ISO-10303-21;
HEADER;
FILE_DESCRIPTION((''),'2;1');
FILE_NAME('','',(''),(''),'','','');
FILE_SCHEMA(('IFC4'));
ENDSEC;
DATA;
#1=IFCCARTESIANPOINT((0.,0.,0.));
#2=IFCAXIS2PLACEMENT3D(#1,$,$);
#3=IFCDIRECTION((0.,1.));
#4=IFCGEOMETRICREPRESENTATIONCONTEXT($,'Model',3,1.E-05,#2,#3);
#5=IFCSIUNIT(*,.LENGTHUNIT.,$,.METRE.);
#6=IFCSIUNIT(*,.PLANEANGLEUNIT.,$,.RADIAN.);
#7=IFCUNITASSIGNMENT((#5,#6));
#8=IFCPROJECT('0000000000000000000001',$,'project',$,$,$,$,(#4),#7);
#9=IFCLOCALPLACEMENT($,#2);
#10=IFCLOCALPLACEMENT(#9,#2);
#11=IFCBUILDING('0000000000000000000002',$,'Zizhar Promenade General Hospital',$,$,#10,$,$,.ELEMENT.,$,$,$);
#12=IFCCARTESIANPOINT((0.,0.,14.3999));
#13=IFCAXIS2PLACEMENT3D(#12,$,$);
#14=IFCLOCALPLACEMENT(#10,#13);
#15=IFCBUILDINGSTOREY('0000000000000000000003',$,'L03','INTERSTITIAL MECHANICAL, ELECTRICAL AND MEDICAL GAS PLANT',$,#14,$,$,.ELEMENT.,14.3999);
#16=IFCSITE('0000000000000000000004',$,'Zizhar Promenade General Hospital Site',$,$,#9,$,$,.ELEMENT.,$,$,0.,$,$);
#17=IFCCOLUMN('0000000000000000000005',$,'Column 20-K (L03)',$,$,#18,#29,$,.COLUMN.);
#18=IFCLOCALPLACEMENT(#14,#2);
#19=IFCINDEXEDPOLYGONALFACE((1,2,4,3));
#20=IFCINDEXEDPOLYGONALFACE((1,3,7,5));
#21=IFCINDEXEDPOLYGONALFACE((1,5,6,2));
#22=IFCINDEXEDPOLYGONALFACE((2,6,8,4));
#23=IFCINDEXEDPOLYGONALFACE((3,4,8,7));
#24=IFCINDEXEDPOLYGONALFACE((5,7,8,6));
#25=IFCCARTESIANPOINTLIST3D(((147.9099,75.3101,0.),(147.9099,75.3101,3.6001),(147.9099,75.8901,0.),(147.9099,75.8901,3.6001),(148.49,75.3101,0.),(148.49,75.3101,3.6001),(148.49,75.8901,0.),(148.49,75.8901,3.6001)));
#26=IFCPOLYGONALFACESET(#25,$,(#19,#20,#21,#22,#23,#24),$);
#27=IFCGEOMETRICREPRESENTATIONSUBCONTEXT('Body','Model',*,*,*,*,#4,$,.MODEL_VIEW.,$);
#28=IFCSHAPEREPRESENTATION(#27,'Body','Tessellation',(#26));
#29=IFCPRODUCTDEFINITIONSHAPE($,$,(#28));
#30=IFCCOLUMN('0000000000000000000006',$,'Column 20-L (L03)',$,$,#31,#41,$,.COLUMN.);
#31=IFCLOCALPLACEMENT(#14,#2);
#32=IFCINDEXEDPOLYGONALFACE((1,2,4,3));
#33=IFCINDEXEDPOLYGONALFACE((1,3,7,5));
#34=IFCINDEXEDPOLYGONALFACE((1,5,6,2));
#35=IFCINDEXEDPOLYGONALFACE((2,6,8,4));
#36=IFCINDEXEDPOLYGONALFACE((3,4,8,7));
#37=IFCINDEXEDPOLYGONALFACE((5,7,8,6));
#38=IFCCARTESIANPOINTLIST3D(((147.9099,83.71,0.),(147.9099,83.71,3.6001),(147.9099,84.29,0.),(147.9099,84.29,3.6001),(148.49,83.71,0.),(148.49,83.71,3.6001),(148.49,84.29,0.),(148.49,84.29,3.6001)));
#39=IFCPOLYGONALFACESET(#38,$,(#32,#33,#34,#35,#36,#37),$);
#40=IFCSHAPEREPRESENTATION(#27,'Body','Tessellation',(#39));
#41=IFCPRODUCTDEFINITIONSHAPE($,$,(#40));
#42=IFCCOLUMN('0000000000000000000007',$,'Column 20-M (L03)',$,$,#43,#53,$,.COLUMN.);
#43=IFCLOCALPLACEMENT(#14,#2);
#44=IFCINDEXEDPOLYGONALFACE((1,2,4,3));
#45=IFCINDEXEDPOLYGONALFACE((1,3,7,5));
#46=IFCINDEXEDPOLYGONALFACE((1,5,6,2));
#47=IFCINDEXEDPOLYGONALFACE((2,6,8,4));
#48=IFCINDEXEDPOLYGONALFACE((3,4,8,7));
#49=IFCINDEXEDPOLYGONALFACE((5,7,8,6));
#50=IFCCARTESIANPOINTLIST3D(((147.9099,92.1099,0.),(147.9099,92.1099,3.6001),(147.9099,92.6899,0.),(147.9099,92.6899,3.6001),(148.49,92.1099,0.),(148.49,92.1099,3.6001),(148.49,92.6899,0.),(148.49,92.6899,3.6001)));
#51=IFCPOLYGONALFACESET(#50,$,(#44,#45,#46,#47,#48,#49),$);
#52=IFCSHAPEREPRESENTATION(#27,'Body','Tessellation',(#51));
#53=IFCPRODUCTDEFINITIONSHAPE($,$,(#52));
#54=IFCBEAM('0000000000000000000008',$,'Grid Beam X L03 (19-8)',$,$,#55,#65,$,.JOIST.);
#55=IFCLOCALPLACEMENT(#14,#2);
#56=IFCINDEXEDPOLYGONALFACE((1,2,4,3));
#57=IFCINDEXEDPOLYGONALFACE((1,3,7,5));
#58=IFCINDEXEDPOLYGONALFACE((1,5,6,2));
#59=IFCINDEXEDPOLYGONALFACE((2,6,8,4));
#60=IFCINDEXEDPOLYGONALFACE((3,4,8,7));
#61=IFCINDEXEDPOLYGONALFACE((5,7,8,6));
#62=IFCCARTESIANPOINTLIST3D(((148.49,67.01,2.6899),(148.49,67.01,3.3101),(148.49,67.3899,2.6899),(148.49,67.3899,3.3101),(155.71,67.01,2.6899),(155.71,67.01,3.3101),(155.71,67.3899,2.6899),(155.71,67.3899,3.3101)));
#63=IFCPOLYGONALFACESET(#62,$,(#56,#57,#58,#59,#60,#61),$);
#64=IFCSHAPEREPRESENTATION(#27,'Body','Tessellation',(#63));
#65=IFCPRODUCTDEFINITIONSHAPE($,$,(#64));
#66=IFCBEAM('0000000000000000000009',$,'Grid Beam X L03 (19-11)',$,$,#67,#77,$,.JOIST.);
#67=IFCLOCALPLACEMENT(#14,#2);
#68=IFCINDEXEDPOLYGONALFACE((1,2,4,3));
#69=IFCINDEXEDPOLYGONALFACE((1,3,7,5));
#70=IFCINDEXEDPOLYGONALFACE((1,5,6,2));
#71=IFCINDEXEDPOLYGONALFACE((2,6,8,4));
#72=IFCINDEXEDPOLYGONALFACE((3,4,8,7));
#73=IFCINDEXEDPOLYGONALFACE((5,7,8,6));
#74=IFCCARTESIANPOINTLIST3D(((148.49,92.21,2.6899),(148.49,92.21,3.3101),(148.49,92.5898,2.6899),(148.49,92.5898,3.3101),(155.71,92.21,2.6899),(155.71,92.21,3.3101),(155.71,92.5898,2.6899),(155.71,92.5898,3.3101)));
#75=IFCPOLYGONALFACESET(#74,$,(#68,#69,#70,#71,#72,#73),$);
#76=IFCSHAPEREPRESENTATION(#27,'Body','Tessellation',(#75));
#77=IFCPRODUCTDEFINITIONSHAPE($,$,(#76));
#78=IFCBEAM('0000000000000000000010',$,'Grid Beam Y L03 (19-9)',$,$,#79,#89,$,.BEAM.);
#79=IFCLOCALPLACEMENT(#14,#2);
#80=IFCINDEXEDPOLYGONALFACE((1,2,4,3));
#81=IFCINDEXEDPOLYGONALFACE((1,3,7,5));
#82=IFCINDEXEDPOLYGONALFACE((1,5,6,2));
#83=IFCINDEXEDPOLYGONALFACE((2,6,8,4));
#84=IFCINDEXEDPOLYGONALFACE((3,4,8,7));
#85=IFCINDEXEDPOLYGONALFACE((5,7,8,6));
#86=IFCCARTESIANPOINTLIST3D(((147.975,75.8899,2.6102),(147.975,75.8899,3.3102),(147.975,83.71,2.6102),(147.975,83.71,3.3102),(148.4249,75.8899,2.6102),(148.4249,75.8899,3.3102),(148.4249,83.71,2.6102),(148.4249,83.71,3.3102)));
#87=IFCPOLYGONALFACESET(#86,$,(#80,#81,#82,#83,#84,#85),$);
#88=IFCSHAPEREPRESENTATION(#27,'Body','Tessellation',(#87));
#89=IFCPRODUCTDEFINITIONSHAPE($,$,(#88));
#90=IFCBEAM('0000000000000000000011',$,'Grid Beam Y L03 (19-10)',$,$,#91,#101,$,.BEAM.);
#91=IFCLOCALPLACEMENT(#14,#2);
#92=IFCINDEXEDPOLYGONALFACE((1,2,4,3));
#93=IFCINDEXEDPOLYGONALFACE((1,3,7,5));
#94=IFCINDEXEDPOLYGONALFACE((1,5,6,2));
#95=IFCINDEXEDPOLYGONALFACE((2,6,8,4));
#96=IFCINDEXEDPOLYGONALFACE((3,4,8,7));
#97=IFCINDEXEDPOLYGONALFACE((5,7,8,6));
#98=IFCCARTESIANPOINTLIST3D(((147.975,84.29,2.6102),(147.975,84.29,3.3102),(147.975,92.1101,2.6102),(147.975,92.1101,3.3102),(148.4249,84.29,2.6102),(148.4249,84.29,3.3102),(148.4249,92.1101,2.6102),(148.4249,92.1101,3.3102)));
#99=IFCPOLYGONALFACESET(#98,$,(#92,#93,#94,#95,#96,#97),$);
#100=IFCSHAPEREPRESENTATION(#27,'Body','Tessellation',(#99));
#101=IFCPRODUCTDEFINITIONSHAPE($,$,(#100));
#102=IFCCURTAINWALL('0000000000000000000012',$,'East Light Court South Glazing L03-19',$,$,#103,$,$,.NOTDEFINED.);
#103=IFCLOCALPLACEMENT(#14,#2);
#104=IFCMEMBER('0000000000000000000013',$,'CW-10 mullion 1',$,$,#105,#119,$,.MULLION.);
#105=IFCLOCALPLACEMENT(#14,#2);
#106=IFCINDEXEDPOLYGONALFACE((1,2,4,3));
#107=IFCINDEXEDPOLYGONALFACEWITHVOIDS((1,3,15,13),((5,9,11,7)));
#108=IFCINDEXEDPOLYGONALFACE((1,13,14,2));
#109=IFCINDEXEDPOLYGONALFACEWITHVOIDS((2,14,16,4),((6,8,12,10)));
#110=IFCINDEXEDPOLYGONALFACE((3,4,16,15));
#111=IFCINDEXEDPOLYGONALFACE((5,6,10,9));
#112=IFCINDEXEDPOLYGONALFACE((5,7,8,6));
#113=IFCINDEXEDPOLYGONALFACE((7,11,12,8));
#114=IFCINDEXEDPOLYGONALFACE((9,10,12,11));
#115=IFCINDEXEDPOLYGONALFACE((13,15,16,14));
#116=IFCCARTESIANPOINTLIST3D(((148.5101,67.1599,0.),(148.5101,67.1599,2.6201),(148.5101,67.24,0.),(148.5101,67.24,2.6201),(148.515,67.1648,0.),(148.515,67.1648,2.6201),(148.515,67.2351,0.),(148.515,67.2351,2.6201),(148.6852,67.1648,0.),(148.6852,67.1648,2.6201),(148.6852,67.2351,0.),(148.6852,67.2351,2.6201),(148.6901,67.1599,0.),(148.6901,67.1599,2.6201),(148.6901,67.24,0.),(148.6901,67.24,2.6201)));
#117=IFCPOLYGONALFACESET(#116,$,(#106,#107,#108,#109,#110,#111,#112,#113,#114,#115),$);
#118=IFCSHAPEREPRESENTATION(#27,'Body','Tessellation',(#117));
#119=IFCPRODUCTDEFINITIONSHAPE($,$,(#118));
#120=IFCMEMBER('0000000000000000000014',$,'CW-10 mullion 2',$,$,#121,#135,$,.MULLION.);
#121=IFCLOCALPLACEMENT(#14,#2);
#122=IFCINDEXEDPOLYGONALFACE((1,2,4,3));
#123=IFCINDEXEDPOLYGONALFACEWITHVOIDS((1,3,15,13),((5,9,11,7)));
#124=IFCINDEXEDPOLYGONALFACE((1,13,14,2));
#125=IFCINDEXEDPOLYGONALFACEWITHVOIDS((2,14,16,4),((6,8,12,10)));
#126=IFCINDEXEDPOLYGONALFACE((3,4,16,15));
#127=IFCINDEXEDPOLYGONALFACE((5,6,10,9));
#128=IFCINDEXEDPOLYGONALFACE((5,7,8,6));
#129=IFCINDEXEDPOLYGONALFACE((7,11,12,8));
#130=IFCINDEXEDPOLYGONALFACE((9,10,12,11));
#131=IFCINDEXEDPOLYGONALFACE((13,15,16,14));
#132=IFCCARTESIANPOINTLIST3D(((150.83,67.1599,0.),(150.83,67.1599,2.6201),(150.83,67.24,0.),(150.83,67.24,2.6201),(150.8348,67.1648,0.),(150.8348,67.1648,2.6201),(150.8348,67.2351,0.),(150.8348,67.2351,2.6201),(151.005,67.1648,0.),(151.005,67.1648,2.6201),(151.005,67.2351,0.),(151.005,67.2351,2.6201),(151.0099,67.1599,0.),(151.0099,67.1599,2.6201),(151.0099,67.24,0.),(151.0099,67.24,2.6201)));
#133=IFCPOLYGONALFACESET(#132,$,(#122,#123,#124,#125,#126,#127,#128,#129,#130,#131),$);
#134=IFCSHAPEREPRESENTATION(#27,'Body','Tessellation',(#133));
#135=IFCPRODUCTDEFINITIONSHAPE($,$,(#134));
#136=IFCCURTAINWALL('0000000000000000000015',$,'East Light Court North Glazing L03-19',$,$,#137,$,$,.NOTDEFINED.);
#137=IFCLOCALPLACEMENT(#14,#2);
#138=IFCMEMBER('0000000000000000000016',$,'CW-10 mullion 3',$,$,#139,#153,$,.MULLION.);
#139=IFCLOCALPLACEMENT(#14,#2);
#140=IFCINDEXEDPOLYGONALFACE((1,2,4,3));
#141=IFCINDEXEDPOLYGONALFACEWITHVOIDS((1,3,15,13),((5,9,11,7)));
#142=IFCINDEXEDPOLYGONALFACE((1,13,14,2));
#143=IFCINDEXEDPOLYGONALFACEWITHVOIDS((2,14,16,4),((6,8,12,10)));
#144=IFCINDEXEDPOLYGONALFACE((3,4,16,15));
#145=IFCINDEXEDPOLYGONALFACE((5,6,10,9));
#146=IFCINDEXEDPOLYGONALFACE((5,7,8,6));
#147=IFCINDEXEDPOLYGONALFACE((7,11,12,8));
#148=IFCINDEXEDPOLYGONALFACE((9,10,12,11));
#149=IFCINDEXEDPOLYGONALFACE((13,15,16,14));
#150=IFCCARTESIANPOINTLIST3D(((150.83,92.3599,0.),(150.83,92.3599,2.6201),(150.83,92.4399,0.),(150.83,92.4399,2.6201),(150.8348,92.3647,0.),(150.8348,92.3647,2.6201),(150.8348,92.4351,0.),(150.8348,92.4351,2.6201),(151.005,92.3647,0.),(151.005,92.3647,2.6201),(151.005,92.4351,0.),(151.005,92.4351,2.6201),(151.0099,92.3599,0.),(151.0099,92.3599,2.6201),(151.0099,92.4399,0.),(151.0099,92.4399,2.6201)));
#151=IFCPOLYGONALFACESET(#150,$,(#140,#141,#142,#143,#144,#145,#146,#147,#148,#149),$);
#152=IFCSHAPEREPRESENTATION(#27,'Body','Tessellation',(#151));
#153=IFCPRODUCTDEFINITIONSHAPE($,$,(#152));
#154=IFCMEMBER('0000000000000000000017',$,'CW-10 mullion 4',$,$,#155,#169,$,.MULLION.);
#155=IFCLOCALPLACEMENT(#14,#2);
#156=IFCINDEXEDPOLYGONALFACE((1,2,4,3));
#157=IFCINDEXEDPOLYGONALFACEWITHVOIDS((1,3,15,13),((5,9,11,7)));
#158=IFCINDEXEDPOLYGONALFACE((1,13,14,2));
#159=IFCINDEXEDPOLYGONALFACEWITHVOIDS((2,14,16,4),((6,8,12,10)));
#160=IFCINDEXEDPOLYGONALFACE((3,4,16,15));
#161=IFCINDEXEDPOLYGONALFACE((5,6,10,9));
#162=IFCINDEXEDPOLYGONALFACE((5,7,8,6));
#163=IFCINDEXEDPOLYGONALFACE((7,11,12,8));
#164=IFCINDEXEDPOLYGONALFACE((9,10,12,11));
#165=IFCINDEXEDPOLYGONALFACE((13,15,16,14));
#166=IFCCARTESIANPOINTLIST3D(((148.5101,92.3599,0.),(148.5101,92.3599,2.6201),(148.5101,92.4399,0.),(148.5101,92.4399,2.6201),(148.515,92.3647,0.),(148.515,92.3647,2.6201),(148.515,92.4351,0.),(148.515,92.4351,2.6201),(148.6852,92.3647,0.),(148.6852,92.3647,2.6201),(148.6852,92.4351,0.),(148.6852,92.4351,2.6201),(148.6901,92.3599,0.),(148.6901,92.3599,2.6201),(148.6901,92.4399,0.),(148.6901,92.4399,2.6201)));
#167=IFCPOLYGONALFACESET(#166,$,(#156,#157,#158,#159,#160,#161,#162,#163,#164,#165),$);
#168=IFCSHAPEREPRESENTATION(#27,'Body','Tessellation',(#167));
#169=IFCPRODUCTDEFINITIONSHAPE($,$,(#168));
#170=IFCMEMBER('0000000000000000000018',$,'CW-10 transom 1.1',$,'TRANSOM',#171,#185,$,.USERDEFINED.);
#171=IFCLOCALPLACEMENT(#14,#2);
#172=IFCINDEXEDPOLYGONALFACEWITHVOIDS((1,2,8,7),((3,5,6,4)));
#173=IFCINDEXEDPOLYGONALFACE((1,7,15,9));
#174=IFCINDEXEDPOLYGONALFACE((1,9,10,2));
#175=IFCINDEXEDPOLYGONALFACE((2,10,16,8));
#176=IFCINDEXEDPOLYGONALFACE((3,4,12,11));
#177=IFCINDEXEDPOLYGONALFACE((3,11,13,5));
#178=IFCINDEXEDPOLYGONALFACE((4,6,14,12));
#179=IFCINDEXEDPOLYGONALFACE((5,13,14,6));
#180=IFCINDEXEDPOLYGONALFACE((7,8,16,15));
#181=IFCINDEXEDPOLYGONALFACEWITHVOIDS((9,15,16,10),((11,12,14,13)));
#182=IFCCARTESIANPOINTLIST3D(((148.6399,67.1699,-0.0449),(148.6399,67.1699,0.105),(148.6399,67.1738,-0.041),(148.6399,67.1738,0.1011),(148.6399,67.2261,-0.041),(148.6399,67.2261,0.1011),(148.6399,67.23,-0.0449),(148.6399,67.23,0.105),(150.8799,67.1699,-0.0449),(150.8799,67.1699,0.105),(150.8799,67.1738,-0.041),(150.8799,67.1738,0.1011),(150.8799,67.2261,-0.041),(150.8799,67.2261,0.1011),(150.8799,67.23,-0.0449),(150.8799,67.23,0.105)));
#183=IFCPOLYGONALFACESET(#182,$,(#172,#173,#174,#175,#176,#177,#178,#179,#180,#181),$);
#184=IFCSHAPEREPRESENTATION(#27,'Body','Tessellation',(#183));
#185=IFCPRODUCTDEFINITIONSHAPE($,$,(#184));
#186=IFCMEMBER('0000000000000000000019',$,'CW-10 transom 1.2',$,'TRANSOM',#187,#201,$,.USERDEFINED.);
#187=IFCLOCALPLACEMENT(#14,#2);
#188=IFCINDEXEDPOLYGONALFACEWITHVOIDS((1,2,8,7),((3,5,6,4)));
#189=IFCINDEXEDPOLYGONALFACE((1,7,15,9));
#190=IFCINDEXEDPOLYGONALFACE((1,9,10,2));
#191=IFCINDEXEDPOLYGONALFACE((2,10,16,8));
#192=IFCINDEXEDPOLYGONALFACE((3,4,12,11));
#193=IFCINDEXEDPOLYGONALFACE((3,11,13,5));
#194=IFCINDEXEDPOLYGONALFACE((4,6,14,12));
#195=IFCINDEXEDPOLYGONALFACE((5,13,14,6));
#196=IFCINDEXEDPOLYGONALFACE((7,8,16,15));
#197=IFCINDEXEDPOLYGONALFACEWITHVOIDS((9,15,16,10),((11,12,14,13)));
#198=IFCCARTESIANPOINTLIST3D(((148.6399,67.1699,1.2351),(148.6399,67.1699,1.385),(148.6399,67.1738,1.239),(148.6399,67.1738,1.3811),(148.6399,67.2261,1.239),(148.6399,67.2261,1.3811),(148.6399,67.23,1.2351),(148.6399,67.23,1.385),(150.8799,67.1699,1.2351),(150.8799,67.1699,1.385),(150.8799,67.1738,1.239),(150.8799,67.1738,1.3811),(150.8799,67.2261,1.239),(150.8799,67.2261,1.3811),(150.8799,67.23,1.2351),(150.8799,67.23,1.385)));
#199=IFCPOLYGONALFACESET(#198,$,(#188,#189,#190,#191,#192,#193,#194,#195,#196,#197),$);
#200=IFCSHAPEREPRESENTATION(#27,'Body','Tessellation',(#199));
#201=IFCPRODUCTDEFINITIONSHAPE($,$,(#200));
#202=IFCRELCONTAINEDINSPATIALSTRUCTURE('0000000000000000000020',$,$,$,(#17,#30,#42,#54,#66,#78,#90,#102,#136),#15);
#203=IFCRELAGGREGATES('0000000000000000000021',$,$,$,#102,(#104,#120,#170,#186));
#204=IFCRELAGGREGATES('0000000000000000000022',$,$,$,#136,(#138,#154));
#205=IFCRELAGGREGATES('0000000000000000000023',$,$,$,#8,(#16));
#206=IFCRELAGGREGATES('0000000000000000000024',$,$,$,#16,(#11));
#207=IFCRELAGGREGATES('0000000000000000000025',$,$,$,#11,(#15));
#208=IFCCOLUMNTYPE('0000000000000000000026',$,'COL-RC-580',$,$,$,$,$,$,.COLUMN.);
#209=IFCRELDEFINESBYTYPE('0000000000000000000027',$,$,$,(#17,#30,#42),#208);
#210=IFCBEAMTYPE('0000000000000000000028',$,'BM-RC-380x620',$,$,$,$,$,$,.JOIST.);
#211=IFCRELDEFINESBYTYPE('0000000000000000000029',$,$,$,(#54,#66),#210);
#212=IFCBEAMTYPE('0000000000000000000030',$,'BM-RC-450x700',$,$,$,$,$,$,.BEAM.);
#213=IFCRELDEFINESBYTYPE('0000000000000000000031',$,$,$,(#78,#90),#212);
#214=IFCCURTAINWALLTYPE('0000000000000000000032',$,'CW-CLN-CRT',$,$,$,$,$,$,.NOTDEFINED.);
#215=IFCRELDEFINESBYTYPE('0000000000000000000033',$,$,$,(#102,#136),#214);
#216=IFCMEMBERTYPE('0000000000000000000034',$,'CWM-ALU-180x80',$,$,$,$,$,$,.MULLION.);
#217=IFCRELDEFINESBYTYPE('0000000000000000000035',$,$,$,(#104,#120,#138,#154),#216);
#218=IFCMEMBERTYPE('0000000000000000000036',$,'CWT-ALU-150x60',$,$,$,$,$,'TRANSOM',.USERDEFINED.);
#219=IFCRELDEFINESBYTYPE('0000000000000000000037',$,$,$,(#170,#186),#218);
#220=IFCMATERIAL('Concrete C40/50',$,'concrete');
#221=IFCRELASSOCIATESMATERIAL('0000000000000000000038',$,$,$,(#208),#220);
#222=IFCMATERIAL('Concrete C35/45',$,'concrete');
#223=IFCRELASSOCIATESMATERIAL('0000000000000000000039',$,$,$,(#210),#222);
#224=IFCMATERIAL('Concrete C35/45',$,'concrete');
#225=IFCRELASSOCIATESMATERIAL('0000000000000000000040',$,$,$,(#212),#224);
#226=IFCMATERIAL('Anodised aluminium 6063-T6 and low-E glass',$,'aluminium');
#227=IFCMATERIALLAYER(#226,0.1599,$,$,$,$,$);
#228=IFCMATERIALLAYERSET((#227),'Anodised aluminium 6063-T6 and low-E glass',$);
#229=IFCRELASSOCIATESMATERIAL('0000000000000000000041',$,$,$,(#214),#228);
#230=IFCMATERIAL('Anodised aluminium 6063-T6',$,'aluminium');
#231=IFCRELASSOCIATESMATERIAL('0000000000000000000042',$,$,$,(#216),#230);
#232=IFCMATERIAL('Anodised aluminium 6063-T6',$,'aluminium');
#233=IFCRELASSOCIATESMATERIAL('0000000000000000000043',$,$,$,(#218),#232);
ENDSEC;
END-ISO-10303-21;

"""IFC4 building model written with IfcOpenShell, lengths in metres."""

from ifc_helpers import new_model, si_unit, direction, frame, origin, origin_2d, place, context, subcontext, project, spatial, rectangle, hollow_rectangle, extrude, material, layer, layer_set, material_profile, profile_set, type_object, element, aggregate, save


model = new_model("IFC4")

# Units and contexts
model_context = context("Model", 3, precision=1e-05, world=origin(), true_north=direction((0.0, 1.0)))
body_context = subcontext(model_context, "Body", "Model", "MODEL_VIEW")
ifc_project = project(units=[si_unit("LENGTHUNIT", "METRE"), si_unit("PLANEANGLEUNIT", "RADIAN")], contexts=[model_context])

# Site, building, storey
site_placement = place(None, origin())
site = spatial("IfcSite", under=ifc_project, at=site_placement, Name="Zizhar Promenade General Hospital Site", CompositionType="ELEMENT", RefElevation=0.0)
building_placement = place(site_placement, origin())
building = spatial("IfcBuilding", under=site, at=building_placement, Name="Zizhar Promenade General Hospital", CompositionType="ELEMENT")
storey_placement = place(building_placement, frame((0.0, 0.0, 14.3999)))
storey = spatial("IfcBuildingStorey", under=building, at=storey_placement, Name="L03", Description="INTERSTITIAL MECHANICAL, ELECTRICAL AND MEDICAL GAS PLANT", CompositionType="ELEMENT", Elevation=14.3999)

# Columns
ifc_material_1 = material(Name="Concrete C40/50", Category="concrete")
ifc_material_profile_1 = material_profile(ifc_material_1, rectangle(XDim=0.5801, YDim=0.5801, at=origin_2d()))
ifc_profile_set_1 = profile_set([ifc_material_profile_1], Name="Concrete C40/50")
column_type = type_object("IfcColumnType", Name="COL-RC-580", PredefinedType="COLUMN", material=ifc_profile_set_1)
for number, where, z_axis, x_axis, name in (
    (1, (148.2, 75.6001, 0.0), (0.0, 0.0, 1.0), (1.0, 0.0, 0.0), "Column 20-K (L03)"),
    (2, (148.2, 84.0, 0.0), (0.0, 0.0, 1.0), (1.0, 0.0, 0.0), "Column 20-L (L03)"),
    (3, (148.2, 92.3999, 0.0), (0.0, 0.0, 1.0), (1.0, 0.0, 0.0), "Column 20-M (L03)"),
):
    element("IfcColumn", number, at=place(storey_placement, frame(where, z_axis=z_axis, x_axis=x_axis)), inside=storey, type_object=column_type, Name=name, PredefinedType="COLUMN", context=body_context, shape_type="SweptSolid", body=[
        extrude(rectangle(XDim=0.5801, YDim=0.5801, at=origin_2d()), origin(), (0.0, 0.0, 1.0), 3.6001),
    ])

# Beams
ifc_material_2 = material(Name="Concrete C35/45", Category="concrete")
ifc_material_profile_2 = material_profile(ifc_material_2, rectangle(XDim=0.3799, YDim=0.6201, at=origin_2d()))
ifc_profile_set_2 = profile_set([ifc_material_profile_2], Name="Concrete C35/45")
beam_type_1 = type_object("IfcBeamType", Name="BM-RC-380x620", PredefinedType="JOIST", material=ifc_profile_set_2)
for number, where, z_axis, x_axis, name in (
    (4, (148.49, 67.2, 3.0), (1.0, 0.0, 0.0), (0.0, 1.0, 0.0), "Grid Beam X L03 (19-8)"),
    (5, (148.49, 92.3999, 3.0), (1.0, 0.0, 0.0), (0.0, 1.0, 0.0), "Grid Beam X L03 (19-11)"),
):
    element("IfcBeam", number, at=place(storey_placement, frame(where, z_axis=z_axis, x_axis=x_axis)), inside=storey, type_object=beam_type_1, Name=name, PredefinedType="JOIST", context=body_context, shape_type="SweptSolid", body=[
        extrude(rectangle(XDim=0.3799, YDim=0.6201, at=origin_2d()), origin(), (0.0, 0.0, 1.0), 7.22),
    ])
ifc_material_3 = material(Name="Concrete C35/45", Category="concrete")
ifc_material_profile_3 = material_profile(ifc_material_3, rectangle(XDim=0.45, YDim=0.7, at=origin_2d()))
ifc_profile_set_3 = profile_set([ifc_material_profile_3], Name="Concrete C35/45")
beam_type_2 = type_object("IfcBeamType", Name="BM-RC-450x700", PredefinedType="BEAM", material=ifc_profile_set_3)
for number, where, z_axis, x_axis, name in (
    (6, (148.2, 75.8899, 2.9602), (0.0, 1.0, 0.0), (-1.0, 0.0, 0.0), "Grid Beam Y L03 (19-9)"),
    (7, (148.2, 84.29, 2.9602), (0.0, 1.0, 0.0), (-1.0, 0.0, 0.0), "Grid Beam Y L03 (19-10)"),
):
    element("IfcBeam", number, at=place(storey_placement, frame(where, z_axis=z_axis, x_axis=x_axis)), inside=storey, type_object=beam_type_2, Name=name, PredefinedType="BEAM", context=body_context, shape_type="SweptSolid", body=[
        extrude(rectangle(XDim=0.45, YDim=0.7, at=origin_2d()), origin(), (0.0, 0.0, 1.0), 7.8201),
    ])

# Curtain walls, members
ifc_material_4 = material(Name="Anodised aluminium 6063-T6 and low-E glass", Category="aluminium")
ifc_layer_1 = layer(ifc_material_4, 0.1599)
ifc_layer_set_1 = layer_set([ifc_layer_1], Name="Anodised aluminium 6063-T6 and low-E glass")
curtain_wall_type = type_object("IfcCurtainWallType", Name="CW-CLN-CRT", PredefinedType="NOTDEFINED", material=ifc_layer_set_1)
curtain_wall_1_placement = place(storey_placement, origin())
curtain_wall_1 = element("IfcCurtainWall", 8, at=curtain_wall_1_placement, inside=storey, type_object=curtain_wall_type, Name="East Light Court South Glazing L03-19", PredefinedType="NOTDEFINED")
ifc_material_5 = material(Name="Anodised aluminium 6063-T6", Category="aluminium")
ifc_material_profile_4 = material_profile(ifc_material_5, hollow_rectangle(XDim=0.0801, YDim=0.1799, WallThickness=0.0049, at=origin_2d()))
ifc_profile_set_4 = profile_set([ifc_material_profile_4], Name="Anodised aluminium 6063-T6")
member_type_1 = type_object("IfcMemberType", Name="CWM-ALU-180x80", PredefinedType="MULLION", material=ifc_profile_set_4)
member_1_placement = place(storey_placement, frame((148.6001, 67.2, 0.0), z_axis=(0.0, 0.0, 1.0), x_axis=(0.0, 1.0, 0.0)))
member_1 = element("IfcMember", 9, at=member_1_placement, type_object=member_type_1, Name="CW-10 mullion 1", PredefinedType="MULLION", context=body_context, shape_type="SweptSolid", body=[
    extrude(hollow_rectangle(XDim=0.0801, YDim=0.1799, WallThickness=0.0049, at=origin_2d()), origin(), (0.0, 0.0, 1.0), 2.6201),
])
member_2_placement = place(storey_placement, frame((150.9199, 67.2, 0.0), z_axis=(0.0, 0.0, 1.0), x_axis=(0.0, 1.0, 0.0)))
member_2 = element("IfcMember", 10, at=member_2_placement, type_object=member_type_1, Name="CW-10 mullion 2", PredefinedType="MULLION", context=body_context, shape_type="SweptSolid", body=[
    extrude(hollow_rectangle(XDim=0.0801, YDim=0.1799, WallThickness=0.0049, at=origin_2d()), origin(), (0.0, 0.0, 1.0), 2.6201),
])
curtain_wall_2_placement = place(storey_placement, origin())
curtain_wall_2 = element("IfcCurtainWall", 11, at=curtain_wall_2_placement, inside=storey, type_object=curtain_wall_type, Name="East Light Court North Glazing L03-19", PredefinedType="NOTDEFINED")
member_3_placement = place(storey_placement, frame((150.9199, 92.3999, 0.0), z_axis=(0.0, 0.0, 1.0), x_axis=(0.0, -1.0, 0.0)))
member_3 = element("IfcMember", 12, at=member_3_placement, type_object=member_type_1, Name="CW-10 mullion 3", PredefinedType="MULLION", context=body_context, shape_type="SweptSolid", body=[
    extrude(hollow_rectangle(XDim=0.0801, YDim=0.1799, WallThickness=0.0049, at=origin_2d()), origin(), (0.0, 0.0, 1.0), 2.6201),
])
member_4_placement = place(storey_placement, frame((148.6001, 92.3999, 0.0), z_axis=(0.0, 0.0, 1.0), x_axis=(0.0, -1.0, 0.0)))
member_4 = element("IfcMember", 13, at=member_4_placement, type_object=member_type_1, Name="CW-10 mullion 4", PredefinedType="MULLION", context=body_context, shape_type="SweptSolid", body=[
    extrude(hollow_rectangle(XDim=0.0801, YDim=0.1799, WallThickness=0.0049, at=origin_2d()), origin(), (0.0, 0.0, 1.0), 2.6201),
])

# Members
ifc_material_6 = material(Name="Anodised aluminium 6063-T6", Category="aluminium")
ifc_material_profile_5 = material_profile(ifc_material_6, hollow_rectangle(XDim=0.0601, YDim=0.1499, WallThickness=0.0039, at=origin_2d()))
ifc_profile_set_5 = profile_set([ifc_material_profile_5], Name="Anodised aluminium 6063-T6")
member_type_2 = type_object("IfcMemberType", Name="CWT-ALU-150x60", ElementType="TRANSOM", PredefinedType="USERDEFINED", material=ifc_profile_set_5)
member_5_placement = place(storey_placement, frame((148.6399, 67.2, 0.03), z_axis=(1.0, 0.0, 0.0), x_axis=(0.0, 1.0, 0.0)))
member_5 = element("IfcMember", 14, at=member_5_placement, type_object=member_type_2, Name="CW-10 transom 1.1", ObjectType="TRANSOM", PredefinedType="USERDEFINED", context=body_context, shape_type="SweptSolid", body=[
    extrude(hollow_rectangle(XDim=0.0601, YDim=0.1499, WallThickness=0.0039, at=origin_2d()), origin(), (0.0, 0.0, 1.0), 2.24),
])
member_6_placement = place(storey_placement, frame((148.6399, 67.2, 1.3101), z_axis=(1.0, 0.0, 0.0), x_axis=(0.0, 1.0, 0.0)))
member_6 = element("IfcMember", 15, at=member_6_placement, type_object=member_type_2, Name="CW-10 transom 1.2", ObjectType="TRANSOM", PredefinedType="USERDEFINED", context=body_context, shape_type="SweptSolid", body=[
    extrude(hollow_rectangle(XDim=0.0601, YDim=0.1499, WallThickness=0.0039, at=origin_2d()), origin(), (0.0, 0.0, 1.0), 2.24),
])

aggregate(curtain_wall_1, [member_1, member_2, member_5, member_6])
aggregate(curtain_wall_2, [member_3, member_4])

save(model, "model.ifc")
